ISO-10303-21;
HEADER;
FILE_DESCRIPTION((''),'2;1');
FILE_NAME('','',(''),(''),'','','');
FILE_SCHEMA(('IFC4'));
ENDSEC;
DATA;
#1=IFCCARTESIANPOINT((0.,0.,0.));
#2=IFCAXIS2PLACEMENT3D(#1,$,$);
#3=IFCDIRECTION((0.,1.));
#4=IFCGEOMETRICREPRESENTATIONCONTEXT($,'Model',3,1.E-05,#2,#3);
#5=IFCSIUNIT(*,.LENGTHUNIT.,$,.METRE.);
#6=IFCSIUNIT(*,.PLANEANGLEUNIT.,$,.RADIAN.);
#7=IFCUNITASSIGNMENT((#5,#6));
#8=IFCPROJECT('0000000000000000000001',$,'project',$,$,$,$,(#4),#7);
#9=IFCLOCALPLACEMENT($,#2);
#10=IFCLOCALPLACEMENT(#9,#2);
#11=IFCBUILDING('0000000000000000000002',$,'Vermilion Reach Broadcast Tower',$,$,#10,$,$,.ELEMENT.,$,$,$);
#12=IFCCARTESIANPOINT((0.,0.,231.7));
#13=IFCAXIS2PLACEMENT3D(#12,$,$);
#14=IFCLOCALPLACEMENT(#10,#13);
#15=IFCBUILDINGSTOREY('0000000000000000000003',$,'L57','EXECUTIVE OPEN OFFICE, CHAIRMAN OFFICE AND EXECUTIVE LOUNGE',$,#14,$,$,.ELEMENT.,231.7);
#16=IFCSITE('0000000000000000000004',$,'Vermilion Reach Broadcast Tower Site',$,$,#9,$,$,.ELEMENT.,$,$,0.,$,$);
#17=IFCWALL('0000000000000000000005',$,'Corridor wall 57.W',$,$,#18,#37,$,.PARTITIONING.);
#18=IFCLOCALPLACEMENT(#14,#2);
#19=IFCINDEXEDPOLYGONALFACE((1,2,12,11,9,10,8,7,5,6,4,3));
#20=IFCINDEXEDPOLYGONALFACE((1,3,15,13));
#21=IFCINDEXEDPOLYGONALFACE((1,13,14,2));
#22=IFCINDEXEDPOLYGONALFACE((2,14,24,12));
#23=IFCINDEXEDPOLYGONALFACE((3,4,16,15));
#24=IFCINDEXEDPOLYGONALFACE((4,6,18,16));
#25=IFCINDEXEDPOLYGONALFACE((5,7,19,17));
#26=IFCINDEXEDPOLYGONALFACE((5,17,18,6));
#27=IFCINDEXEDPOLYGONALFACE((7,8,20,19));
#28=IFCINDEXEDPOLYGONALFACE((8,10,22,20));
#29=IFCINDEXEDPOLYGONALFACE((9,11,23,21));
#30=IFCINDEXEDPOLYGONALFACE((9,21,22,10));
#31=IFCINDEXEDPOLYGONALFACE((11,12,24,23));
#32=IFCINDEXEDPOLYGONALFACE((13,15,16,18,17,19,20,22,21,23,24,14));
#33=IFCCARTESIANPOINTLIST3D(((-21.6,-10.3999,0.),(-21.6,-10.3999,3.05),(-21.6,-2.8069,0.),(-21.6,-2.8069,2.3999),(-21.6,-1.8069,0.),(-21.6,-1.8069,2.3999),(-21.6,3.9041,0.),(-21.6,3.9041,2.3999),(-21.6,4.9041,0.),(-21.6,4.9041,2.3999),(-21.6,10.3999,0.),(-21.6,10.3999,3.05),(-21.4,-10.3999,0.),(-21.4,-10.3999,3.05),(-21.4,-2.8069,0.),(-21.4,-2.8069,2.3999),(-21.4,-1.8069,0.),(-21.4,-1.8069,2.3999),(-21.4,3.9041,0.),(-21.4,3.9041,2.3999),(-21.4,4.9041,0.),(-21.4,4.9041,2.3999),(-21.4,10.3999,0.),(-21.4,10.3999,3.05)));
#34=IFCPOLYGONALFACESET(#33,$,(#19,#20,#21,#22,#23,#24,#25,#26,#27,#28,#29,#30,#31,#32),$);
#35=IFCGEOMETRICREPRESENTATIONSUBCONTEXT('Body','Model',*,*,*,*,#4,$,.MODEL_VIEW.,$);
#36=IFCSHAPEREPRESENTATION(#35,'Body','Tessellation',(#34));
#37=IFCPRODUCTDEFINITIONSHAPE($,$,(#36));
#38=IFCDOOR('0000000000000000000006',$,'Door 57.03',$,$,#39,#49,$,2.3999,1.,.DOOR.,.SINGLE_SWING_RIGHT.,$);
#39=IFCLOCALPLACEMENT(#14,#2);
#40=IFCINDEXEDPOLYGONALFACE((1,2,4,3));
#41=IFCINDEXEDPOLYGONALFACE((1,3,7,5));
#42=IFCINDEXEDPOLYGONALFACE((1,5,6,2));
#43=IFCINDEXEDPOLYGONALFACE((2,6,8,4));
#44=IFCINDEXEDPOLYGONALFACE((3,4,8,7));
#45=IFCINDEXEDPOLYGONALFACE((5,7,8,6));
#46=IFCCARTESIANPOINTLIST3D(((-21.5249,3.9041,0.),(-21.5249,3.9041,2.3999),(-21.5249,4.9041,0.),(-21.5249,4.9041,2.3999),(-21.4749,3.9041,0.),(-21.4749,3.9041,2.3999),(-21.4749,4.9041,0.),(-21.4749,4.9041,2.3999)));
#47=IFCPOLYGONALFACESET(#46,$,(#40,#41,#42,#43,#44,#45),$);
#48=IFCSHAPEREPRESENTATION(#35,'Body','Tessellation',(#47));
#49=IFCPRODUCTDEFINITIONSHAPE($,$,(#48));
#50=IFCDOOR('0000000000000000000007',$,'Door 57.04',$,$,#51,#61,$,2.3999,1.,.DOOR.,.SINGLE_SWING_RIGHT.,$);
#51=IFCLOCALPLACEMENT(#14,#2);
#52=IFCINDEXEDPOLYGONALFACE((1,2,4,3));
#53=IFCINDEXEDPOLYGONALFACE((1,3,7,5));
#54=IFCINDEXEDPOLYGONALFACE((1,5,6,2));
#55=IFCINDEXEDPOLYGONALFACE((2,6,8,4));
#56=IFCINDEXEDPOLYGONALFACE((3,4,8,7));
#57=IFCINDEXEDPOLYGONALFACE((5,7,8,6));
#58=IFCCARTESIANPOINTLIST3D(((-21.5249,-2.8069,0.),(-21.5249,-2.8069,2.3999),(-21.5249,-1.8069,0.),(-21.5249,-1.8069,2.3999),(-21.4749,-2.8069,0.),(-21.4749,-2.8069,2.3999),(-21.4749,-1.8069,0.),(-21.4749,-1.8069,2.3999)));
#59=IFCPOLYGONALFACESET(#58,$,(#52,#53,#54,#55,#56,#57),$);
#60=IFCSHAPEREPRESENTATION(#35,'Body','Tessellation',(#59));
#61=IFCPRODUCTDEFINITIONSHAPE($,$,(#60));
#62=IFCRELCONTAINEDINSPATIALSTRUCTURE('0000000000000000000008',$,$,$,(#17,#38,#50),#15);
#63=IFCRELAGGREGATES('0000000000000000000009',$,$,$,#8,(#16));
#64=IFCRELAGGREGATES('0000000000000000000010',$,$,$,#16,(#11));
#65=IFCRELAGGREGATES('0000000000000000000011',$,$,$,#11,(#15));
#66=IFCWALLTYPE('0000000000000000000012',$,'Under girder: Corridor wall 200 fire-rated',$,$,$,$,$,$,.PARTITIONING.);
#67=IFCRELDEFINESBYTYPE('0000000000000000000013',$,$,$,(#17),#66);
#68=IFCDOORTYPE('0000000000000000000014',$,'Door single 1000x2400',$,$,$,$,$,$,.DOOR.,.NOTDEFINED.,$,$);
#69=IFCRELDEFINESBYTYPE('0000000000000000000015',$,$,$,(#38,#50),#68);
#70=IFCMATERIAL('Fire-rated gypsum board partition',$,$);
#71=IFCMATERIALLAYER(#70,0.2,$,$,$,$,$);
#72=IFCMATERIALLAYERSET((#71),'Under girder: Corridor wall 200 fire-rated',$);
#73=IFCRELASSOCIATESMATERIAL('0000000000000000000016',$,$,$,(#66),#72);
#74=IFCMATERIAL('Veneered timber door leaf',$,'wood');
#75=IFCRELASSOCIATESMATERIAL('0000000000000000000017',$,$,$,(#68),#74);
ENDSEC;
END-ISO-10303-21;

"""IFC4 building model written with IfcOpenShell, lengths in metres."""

from ifc_helpers import new_model, si_unit, direction, frame, frame_2d, origin, place, context, subcontext, project, spatial, rectangle, extrude, material, layer, layer_set, type_object, element, fill, save


model = new_model("IFC4")

# Units and contexts
model_context = context("Model", 3, precision=1e-05, world=origin(), true_north=direction((0.0, 1.0)))
body_context = subcontext(model_context, "Body", "Model", "MODEL_VIEW")
ifc_project = project(units=[si_unit("LENGTHUNIT", "METRE"), si_unit("PLANEANGLEUNIT", "RADIAN")], contexts=[model_context])

# Site, building, storey
site_placement = place(None, origin())
site = spatial("IfcSite", under=ifc_project, at=site_placement, Name="Vermilion Reach Broadcast Tower Site", CompositionType="ELEMENT", RefElevation=0.0)
building_placement = place(site_placement, origin())
building = spatial("IfcBuilding", under=site, at=building_placement, Name="Vermilion Reach Broadcast Tower", CompositionType="ELEMENT")
storey_placement = place(building_placement, frame((0.0, 0.0, 231.7)))
storey = spatial("IfcBuildingStorey", under=building, at=storey_placement, Name="L57", Description="EXECUTIVE OPEN OFFICE, CHAIRMAN OFFICE AND EXECUTIVE LOUNGE", CompositionType="ELEMENT", Elevation=231.7)

# Wall, openings, doors
ifc_material_1 = material(Name="Fire-rated gypsum board partition")
ifc_layer_1 = layer(ifc_material_1, 0.2)
ifc_layer_set_1 = layer_set([ifc_layer_1], Name="Under girder: Corridor wall 200 fire-rated")
wall_type_1 = type_object("IfcWallType", Name="Under girder: Corridor wall 200 fire-rated", PredefinedType="PARTITIONING", material=ifc_layer_set_1)
wall_1_placement = place(storey_placement, frame((-21.5, -10.3999, 0.0), z_axis=(0.0, 0.0, 1.0), x_axis=(0.0, 1.0, 0.0)))
wall_1 = element("IfcWall", 1, at=wall_1_placement, inside=storey, type_object=wall_type_1, Name="Corridor wall 57.W", PredefinedType="PARTITIONING", context=body_context, shape_type="SweptSolid", body=[
    extrude(rectangle(XDim=20.7998, YDim=0.2, at=frame_2d((10.3999, 0.0))), origin(), (0.0, 0.0, 1.0), 3.05),
])
opening_1_placement = place(wall_1_placement, frame((14.304, 0.0, 0.0)))
opening_1 = element("IfcOpeningElement", 2, at=opening_1_placement, cuts=wall_1, PredefinedType="OPENING", context=body_context, shape_type="SweptSolid", body=[
    extrude(rectangle(XDim=1.0, YDim=2.3999, at=frame_2d((0.5, 1.2))), frame((0.0, 0.1099, 0.0), z_axis=(0.0, -1.0, 0.0), x_axis=(1.0, 0.0, 0.0)), (0.0, 0.0, 1.0), 0.22),
])
opening_2_placement = place(wall_1_placement, frame((7.593, 0.0, 0.0)))
opening_2 = element("IfcOpeningElement", 3, at=opening_2_placement, cuts=wall_1, PredefinedType="OPENING", context=body_context, shape_type="SweptSolid", body=[
    extrude(rectangle(XDim=1.0, YDim=2.3999, at=frame_2d((0.5, 1.2))), frame((0.0, 0.1099, 0.0), z_axis=(0.0, -1.0, 0.0), x_axis=(1.0, 0.0, 0.0)), (0.0, 0.0, 1.0), 0.22),
])
ifc_material_2 = material(Name="Veneered timber door leaf", Category="wood")
door_type_1 = type_object("IfcDoorType", Name="Door single 1000x2400", OperationType="NOTDEFINED", PredefinedType="DOOR", material=ifc_material_2)
door_1_placement = place(opening_1_placement, origin())
door_1 = element("IfcDoor", 4, at=door_1_placement, inside=storey, type_object=door_type_1, Name="Door 57.03", OperationType="SINGLE_SWING_RIGHT", OverallHeight=2.3999, OverallWidth=1.0, PredefinedType="DOOR", context=body_context, shape_type="SweptSolid", body=[
    extrude(rectangle(XDim=1.0, YDim=2.3999, at=frame_2d((0.5, 1.2))), frame((0.0, 0.0249, 0.0), z_axis=(0.0, -1.0, 0.0), x_axis=(1.0, 0.0, 0.0)), (0.0, 0.0, 1.0), 0.05),
])
fill(opening_1, door_1)
door_2_placement = place(opening_2_placement, origin())
door_2 = element("IfcDoor", 5, at=door_2_placement, inside=storey, type_object=door_type_1, Name="Door 57.04", OperationType="SINGLE_SWING_RIGHT", OverallHeight=2.3999, OverallWidth=1.0, PredefinedType="DOOR", context=body_context, shape_type="SweptSolid", body=[
    extrude(rectangle(XDim=1.0, YDim=2.3999, at=frame_2d((0.5, 1.2))), frame((0.0, 0.0249, 0.0), z_axis=(0.0, -1.0, 0.0), x_axis=(1.0, 0.0, 0.0)), (0.0, 0.0, 1.0), 0.05),
])
fill(opening_2, door_2)

save(model, "model.ifc")
